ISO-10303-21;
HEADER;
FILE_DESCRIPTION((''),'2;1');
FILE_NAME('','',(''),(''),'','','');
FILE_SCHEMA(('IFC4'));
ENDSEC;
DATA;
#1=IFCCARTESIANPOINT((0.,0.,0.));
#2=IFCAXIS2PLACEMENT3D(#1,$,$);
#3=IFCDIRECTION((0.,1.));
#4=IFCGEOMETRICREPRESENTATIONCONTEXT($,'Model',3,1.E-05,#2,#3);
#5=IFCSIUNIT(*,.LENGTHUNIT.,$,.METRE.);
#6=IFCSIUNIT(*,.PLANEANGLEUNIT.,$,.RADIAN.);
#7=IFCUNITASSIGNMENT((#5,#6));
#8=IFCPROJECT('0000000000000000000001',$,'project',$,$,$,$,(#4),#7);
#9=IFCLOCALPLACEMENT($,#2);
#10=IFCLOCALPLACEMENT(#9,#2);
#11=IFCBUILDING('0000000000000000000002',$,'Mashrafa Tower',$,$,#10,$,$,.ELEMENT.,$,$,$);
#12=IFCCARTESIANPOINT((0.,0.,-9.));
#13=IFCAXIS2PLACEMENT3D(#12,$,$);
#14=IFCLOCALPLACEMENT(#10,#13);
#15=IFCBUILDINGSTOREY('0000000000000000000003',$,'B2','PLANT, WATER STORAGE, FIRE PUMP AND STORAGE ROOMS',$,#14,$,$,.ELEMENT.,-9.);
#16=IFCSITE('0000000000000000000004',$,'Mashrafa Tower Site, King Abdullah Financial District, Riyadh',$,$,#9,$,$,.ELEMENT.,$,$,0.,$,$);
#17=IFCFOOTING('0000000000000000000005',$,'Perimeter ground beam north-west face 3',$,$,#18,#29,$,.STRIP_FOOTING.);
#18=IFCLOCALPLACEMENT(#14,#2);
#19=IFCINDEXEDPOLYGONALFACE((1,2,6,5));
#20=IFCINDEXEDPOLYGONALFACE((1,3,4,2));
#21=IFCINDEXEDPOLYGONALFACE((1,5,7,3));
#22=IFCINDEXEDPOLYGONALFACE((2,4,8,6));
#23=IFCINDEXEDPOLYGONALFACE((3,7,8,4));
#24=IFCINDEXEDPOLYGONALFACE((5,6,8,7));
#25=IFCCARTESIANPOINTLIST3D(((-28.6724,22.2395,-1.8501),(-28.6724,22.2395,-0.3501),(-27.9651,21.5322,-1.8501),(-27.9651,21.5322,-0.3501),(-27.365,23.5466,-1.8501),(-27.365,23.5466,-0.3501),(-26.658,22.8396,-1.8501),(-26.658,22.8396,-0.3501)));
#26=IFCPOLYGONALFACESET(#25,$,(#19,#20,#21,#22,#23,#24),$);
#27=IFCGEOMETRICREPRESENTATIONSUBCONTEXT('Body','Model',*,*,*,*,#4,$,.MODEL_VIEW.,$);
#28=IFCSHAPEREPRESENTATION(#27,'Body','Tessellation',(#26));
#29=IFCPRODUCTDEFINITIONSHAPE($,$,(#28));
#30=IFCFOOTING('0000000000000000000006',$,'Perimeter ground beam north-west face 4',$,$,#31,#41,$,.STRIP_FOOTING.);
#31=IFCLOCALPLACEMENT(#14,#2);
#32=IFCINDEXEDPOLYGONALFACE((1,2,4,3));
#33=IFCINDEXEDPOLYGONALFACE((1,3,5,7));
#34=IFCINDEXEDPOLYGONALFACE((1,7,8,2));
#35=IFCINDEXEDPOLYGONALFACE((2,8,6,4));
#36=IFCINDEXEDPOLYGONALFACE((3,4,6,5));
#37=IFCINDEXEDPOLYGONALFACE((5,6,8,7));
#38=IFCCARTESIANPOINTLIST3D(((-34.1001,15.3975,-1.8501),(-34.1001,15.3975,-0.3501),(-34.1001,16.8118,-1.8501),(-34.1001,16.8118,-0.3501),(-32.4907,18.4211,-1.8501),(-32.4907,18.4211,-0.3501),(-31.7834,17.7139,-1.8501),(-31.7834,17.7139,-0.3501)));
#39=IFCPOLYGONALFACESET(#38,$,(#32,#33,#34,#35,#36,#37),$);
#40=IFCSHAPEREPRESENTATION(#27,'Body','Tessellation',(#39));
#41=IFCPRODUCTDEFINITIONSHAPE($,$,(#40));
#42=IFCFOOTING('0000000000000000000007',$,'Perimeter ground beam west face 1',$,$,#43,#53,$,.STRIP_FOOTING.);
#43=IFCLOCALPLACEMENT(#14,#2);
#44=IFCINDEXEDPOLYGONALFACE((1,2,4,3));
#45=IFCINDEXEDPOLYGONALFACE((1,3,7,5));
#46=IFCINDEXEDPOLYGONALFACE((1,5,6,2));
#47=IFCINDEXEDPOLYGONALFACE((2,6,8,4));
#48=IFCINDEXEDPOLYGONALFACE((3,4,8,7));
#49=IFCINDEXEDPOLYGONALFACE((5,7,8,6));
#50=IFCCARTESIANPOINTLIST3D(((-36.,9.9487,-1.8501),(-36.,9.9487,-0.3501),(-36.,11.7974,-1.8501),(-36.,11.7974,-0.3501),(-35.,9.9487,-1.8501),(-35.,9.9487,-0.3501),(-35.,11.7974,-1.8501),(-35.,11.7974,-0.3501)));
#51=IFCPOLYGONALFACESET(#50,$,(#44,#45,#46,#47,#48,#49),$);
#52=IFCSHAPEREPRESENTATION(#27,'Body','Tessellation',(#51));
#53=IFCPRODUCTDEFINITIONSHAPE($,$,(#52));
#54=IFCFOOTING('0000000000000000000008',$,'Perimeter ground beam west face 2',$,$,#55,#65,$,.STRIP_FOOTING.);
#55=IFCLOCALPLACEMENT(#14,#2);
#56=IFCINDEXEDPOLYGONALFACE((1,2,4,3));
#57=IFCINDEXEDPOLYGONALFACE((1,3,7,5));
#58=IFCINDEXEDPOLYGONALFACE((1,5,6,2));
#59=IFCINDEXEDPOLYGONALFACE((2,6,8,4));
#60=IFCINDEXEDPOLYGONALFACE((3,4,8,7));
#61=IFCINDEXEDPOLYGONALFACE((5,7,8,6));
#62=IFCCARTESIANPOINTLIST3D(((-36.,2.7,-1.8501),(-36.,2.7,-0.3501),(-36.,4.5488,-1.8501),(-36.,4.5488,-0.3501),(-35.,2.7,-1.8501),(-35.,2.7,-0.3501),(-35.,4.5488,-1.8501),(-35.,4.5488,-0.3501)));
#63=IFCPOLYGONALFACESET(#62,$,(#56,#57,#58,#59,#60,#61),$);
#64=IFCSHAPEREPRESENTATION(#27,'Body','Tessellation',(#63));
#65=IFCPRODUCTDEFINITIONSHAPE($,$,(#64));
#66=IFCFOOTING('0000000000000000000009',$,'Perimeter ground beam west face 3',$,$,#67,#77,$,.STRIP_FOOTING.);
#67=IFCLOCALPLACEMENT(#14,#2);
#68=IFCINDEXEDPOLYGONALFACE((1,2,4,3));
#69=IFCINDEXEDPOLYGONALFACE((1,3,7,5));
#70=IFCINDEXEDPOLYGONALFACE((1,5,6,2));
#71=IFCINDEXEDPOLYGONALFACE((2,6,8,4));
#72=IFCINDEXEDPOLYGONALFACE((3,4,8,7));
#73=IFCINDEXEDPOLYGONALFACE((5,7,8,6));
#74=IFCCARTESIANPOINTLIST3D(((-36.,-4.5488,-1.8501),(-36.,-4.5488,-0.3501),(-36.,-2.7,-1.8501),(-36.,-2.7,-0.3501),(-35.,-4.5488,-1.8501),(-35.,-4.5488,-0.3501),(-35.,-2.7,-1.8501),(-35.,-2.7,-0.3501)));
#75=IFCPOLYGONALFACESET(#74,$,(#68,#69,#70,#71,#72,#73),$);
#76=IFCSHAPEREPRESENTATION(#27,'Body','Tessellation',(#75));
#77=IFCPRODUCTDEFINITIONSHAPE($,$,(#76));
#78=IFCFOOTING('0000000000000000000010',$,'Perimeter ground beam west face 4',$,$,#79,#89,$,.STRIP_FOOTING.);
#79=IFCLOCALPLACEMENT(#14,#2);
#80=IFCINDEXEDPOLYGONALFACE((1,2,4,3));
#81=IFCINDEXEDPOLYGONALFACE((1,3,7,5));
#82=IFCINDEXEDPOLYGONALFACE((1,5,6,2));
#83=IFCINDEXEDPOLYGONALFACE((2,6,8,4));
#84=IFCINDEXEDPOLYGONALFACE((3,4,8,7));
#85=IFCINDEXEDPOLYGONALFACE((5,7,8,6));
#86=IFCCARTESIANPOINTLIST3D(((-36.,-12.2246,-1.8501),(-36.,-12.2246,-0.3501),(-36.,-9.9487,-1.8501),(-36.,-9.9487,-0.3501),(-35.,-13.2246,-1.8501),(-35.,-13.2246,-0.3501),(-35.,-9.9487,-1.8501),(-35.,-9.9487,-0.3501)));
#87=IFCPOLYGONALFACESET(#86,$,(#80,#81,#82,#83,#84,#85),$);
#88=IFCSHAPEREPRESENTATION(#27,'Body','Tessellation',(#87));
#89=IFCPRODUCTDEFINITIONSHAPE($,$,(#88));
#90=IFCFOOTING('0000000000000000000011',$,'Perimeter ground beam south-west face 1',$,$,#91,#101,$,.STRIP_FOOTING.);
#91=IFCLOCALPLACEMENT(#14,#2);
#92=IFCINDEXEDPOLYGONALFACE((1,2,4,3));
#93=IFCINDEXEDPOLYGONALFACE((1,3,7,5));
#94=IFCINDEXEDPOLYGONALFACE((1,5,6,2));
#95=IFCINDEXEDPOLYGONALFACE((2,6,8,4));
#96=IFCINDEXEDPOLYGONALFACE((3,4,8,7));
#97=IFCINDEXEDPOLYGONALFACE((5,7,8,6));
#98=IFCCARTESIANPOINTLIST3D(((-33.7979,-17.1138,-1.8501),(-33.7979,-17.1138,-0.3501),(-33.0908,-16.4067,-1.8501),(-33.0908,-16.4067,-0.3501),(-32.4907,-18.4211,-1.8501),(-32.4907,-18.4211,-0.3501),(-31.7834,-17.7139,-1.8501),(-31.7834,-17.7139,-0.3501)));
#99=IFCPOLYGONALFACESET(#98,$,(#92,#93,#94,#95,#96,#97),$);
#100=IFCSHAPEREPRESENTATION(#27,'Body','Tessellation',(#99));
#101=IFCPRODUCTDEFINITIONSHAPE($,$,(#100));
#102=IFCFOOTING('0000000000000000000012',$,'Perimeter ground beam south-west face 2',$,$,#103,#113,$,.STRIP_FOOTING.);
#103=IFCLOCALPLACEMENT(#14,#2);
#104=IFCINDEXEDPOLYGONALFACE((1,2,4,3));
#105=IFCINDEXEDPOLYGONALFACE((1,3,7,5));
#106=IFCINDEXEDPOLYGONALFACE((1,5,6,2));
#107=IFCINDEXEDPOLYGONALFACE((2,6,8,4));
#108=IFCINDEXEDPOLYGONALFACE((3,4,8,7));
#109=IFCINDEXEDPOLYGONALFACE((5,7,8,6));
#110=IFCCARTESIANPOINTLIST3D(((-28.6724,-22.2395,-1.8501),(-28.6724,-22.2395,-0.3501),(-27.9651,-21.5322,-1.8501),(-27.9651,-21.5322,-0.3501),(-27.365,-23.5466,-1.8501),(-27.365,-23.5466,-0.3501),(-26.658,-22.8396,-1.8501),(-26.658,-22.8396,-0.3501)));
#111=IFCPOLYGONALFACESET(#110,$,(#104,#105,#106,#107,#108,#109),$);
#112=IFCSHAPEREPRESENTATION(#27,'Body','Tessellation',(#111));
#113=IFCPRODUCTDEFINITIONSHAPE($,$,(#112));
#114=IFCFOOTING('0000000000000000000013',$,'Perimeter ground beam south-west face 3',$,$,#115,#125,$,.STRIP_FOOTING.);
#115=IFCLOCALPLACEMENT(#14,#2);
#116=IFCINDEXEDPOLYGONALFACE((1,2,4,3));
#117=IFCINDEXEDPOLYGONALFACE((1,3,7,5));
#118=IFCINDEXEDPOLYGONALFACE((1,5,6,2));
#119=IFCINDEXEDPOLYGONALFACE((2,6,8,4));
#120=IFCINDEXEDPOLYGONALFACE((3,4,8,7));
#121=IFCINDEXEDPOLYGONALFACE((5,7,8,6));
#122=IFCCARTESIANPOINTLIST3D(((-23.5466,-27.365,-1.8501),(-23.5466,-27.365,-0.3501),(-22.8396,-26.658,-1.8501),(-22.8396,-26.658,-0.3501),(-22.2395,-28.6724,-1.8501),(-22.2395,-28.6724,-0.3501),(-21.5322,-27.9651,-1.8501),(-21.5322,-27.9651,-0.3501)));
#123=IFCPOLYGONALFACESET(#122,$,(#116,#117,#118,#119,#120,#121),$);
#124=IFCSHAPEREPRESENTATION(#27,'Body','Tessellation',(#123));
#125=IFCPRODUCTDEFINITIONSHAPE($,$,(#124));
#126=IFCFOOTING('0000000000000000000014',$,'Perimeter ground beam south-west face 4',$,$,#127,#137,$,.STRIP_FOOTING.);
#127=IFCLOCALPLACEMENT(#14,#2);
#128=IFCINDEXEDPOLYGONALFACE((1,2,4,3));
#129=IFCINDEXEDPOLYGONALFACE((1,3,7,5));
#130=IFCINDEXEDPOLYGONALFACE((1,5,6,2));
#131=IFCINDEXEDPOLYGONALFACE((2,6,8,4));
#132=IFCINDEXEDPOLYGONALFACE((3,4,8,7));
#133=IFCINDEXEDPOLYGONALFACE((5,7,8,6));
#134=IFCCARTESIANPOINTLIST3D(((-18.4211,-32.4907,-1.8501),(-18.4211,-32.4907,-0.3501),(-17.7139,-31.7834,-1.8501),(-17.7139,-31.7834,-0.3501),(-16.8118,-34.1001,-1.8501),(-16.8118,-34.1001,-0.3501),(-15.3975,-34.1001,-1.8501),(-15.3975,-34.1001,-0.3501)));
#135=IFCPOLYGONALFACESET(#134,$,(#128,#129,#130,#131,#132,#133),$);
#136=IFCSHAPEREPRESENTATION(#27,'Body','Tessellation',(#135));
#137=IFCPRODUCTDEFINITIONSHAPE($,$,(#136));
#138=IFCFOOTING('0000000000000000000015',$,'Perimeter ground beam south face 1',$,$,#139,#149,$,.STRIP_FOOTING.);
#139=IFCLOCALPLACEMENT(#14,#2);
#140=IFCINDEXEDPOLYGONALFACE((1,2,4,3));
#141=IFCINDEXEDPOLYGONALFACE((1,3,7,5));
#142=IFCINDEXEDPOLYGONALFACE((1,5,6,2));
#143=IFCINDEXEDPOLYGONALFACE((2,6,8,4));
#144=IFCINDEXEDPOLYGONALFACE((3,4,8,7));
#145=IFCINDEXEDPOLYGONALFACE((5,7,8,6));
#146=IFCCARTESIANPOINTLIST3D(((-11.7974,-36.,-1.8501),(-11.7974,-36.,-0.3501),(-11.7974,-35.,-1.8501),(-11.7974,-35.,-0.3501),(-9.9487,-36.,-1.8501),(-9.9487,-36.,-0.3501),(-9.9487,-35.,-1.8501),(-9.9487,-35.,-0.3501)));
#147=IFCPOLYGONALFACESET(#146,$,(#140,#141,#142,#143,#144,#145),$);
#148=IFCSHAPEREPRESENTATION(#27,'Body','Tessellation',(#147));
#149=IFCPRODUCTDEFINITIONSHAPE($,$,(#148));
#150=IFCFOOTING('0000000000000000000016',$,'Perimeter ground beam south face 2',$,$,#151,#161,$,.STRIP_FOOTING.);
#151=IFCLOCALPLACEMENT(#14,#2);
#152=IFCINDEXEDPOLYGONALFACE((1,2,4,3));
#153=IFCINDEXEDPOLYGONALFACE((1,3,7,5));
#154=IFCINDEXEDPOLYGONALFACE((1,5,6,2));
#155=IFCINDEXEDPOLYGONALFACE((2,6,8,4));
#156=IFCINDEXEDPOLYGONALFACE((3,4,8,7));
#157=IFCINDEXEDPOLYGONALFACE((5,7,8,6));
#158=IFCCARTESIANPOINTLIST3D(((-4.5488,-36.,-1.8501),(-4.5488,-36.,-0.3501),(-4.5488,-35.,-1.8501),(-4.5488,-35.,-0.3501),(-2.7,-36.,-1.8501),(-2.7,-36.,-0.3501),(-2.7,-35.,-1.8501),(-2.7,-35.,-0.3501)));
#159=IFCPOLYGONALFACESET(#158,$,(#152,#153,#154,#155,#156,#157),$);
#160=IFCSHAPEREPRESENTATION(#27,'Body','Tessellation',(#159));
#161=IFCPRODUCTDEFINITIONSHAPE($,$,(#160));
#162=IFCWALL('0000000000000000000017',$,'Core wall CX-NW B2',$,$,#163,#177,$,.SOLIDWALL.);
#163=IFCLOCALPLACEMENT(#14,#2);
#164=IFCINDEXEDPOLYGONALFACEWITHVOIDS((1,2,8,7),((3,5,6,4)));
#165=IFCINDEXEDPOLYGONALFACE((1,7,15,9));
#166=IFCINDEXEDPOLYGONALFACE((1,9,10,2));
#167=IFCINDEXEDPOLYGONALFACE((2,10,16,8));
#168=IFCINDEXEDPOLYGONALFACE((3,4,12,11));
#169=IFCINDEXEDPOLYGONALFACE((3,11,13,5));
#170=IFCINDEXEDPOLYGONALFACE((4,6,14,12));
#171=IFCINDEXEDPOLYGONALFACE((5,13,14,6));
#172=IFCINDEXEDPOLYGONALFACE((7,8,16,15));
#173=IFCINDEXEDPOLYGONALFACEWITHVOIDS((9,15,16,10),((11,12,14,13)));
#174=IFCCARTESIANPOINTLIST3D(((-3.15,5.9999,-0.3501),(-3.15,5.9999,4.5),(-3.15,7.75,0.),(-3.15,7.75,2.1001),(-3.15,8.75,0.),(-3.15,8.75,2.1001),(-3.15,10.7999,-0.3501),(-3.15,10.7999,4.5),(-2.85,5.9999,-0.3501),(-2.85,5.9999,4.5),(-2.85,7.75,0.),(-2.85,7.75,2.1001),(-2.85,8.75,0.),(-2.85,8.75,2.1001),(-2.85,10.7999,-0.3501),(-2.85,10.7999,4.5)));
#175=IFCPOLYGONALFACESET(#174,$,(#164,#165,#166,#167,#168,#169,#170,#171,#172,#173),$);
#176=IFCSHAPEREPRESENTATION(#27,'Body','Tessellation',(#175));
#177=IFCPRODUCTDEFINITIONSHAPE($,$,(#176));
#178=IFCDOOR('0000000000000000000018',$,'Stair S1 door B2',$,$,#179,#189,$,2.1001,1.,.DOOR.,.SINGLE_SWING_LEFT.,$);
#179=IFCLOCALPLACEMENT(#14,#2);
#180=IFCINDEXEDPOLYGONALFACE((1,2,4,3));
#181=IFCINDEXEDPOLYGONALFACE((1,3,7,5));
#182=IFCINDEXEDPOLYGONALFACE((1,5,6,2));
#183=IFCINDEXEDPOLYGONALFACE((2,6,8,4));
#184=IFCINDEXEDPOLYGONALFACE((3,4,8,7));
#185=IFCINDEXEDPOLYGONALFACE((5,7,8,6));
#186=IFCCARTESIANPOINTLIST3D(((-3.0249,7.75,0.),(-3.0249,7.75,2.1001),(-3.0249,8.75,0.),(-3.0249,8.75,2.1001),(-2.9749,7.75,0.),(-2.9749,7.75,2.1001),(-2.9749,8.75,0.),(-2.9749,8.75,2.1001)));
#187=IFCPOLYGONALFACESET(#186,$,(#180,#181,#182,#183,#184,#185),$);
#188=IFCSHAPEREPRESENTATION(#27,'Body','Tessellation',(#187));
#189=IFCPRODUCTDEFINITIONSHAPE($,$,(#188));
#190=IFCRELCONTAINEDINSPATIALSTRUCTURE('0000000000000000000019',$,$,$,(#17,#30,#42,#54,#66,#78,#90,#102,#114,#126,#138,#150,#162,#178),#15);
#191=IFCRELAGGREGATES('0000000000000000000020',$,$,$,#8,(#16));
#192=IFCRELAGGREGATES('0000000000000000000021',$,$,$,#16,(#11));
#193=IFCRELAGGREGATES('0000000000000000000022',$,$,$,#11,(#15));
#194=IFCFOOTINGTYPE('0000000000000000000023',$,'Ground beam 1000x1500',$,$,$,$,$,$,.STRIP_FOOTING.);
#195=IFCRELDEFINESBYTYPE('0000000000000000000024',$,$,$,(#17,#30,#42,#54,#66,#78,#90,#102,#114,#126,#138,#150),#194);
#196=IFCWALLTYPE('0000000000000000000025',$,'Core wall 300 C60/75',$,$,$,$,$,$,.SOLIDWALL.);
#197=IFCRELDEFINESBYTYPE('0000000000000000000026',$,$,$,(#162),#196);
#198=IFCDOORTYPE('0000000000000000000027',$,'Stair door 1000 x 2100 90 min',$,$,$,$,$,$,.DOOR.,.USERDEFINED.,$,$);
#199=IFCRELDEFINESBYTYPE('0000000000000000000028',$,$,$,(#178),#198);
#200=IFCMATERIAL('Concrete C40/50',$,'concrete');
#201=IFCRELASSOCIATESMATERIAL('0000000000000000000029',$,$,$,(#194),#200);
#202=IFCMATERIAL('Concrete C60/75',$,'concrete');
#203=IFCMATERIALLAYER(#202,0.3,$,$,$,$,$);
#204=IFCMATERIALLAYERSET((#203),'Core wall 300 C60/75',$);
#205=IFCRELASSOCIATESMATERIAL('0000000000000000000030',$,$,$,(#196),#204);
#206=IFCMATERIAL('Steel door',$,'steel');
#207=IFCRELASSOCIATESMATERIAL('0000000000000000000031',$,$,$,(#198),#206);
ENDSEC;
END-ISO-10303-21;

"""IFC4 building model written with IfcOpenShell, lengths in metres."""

from ifc_helpers import new_model, si_unit, direction, frame, frame_2d, origin, place, context, subcontext, project, spatial, polyline, rectangle, outline, extrude, material, layer, layer_set, type_object, element, fill, save


model = new_model("IFC4")

# Units and contexts
model_context = context("Model", 3, precision=1e-05, world=origin(), true_north=direction((0.0, 1.0)))
body_context = subcontext(model_context, "Body", "Model", "MODEL_VIEW")
ifc_project = project(units=[si_unit("LENGTHUNIT", "METRE"), si_unit("PLANEANGLEUNIT", "RADIAN")], contexts=[model_context])

# Site, building, storey
site_placement = place(None, origin())
site = spatial("IfcSite", under=ifc_project, at=site_placement, Name="Mashrafa Tower Site, King Abdullah Financial District, Riyadh", CompositionType="ELEMENT", RefElevation=0.0)
building_placement = place(site_placement, origin())
building = spatial("IfcBuilding", under=site, at=building_placement, Name="Mashrafa Tower", CompositionType="ELEMENT")
storey_placement = place(building_placement, frame((0.0, 0.0, -9.0)))
storey = spatial("IfcBuildingStorey", under=building, at=storey_placement, Name="B2", Description="PLANT, WATER STORAGE, FIRE PUMP AND STORAGE ROOMS", CompositionType="ELEMENT", Elevation=-9.0)

# Footings
ifc_material_1 = material(Name="Concrete C40/50", Category="concrete")
footing_type = type_object("IfcFootingType", Name="Ground beam 1000x1500", PredefinedType="STRIP_FOOTING", material=ifc_material_1)
footing_1_placement = place(storey_placement, frame((0.0, 0.0, -1.8501)))
element("IfcFooting", 1, at=footing_1_placement, inside=storey, type_object=footing_type, Name="Perimeter ground beam north-west face 3", PredefinedType="STRIP_FOOTING", context=body_context, shape_type="SweptSolid", body=[
    extrude(outline(polyline([(-27.9651, 21.5322), (-28.6724, 22.2395), (-27.365, 23.5466), (-26.658, 22.8396), (-27.9651, 21.5322)])), origin(), (0.0, 0.0, 1.0), 1.5),
])
footing_2_placement = place(storey_placement, frame((0.0, 0.0, -1.8501)))
element("IfcFooting", 2, at=footing_2_placement, inside=storey, type_object=footing_type, Name="Perimeter ground beam north-west face 4", PredefinedType="STRIP_FOOTING", context=body_context, shape_type="SweptSolid", body=[
    extrude(outline(polyline([(-34.1001, 15.3975), (-34.1001, 16.8118), (-32.4907, 18.4211), (-31.7834, 17.7139), (-34.1001, 15.3975)])), origin(), (0.0, 0.0, 1.0), 1.5),
])
footing_3_placement = place(storey_placement, frame((0.0, 0.0, -1.8501)))
element("IfcFooting", 3, at=footing_3_placement, inside=storey, type_object=footing_type, Name="Perimeter ground beam west face 1", PredefinedType="STRIP_FOOTING", context=body_context, shape_type="SweptSolid", body=[
    extrude(outline(polyline([(-35.0, 9.9487), (-36.0, 9.9487), (-36.0, 11.7974), (-35.0, 11.7974), (-35.0, 9.9487)])), origin(), (0.0, 0.0, 1.0), 1.5),
])
footing_4_placement = place(storey_placement, frame((0.0, 0.0, -1.8501)))
element("IfcFooting", 4, at=footing_4_placement, inside=storey, type_object=footing_type, Name="Perimeter ground beam west face 2", PredefinedType="STRIP_FOOTING", context=body_context, shape_type="SweptSolid", body=[
    extrude(outline(polyline([(-35.0, 2.7), (-36.0, 2.7), (-36.0, 4.5488), (-35.0, 4.5488), (-35.0, 2.7)])), origin(), (0.0, 0.0, 1.0), 1.5),
])
footing_5_placement = place(storey_placement, frame((0.0, 0.0, -1.8501)))
element("IfcFooting", 5, at=footing_5_placement, inside=storey, type_object=footing_type, Name="Perimeter ground beam west face 3", PredefinedType="STRIP_FOOTING", context=body_context, shape_type="SweptSolid", body=[
    extrude(outline(polyline([(-35.0, -4.5488), (-36.0, -4.5488), (-36.0, -2.7), (-35.0, -2.7), (-35.0, -4.5488)])), origin(), (0.0, 0.0, 1.0), 1.5),
])
footing_6_placement = place(storey_placement, frame((0.0, 0.0, -1.8501)))
element("IfcFooting", 6, at=footing_6_placement, inside=storey, type_object=footing_type, Name="Perimeter ground beam west face 4", PredefinedType="STRIP_FOOTING", context=body_context, shape_type="SweptSolid", body=[
    extrude(outline(polyline([(-35.0, -13.2246), (-36.0, -12.2246), (-36.0, -9.9487), (-35.0, -9.9487), (-35.0, -13.2246)])), origin(), (0.0, 0.0, 1.0), 1.5),
])
footing_7_placement = place(storey_placement, frame((0.0, 0.0, -1.8501)))
element("IfcFooting", 7, at=footing_7_placement, inside=storey, type_object=footing_type, Name="Perimeter ground beam south-west face 1", PredefinedType="STRIP_FOOTING", context=body_context, shape_type="SweptSolid", body=[
    extrude(outline(polyline([(-31.7834, -17.7139), (-32.4907, -18.4211), (-33.7979, -17.1138), (-33.0908, -16.4067), (-31.7834, -17.7139)])), origin(), (0.0, 0.0, 1.0), 1.5),
])
footing_8_placement = place(storey_placement, frame((0.0, 0.0, -1.8501)))
element("IfcFooting", 8, at=footing_8_placement, inside=storey, type_object=footing_type, Name="Perimeter ground beam south-west face 2", PredefinedType="STRIP_FOOTING", context=body_context, shape_type="SweptSolid", body=[
    extrude(outline(polyline([(-26.658, -22.8396), (-27.365, -23.5466), (-28.6724, -22.2395), (-27.9651, -21.5322), (-26.658, -22.8396)])), origin(), (0.0, 0.0, 1.0), 1.5),
])
footing_9_placement = place(storey_placement, frame((0.0, 0.0, -1.8501)))
element("IfcFooting", 9, at=footing_9_placement, inside=storey, type_object=footing_type, Name="Perimeter ground beam south-west face 3", PredefinedType="STRIP_FOOTING", context=body_context, shape_type="SweptSolid", body=[
    extrude(outline(polyline([(-21.5322, -27.9651), (-22.2395, -28.6724), (-23.5466, -27.365), (-22.8396, -26.658), (-21.5322, -27.9651)])), origin(), (0.0, 0.0, 1.0), 1.5),
])
footing_10_placement = place(storey_placement, frame((0.0, 0.0, -1.8501)))
element("IfcFooting", 10, at=footing_10_placement, inside=storey, type_object=footing_type, Name="Perimeter ground beam south-west face 4", PredefinedType="STRIP_FOOTING", context=body_context, shape_type="SweptSolid", body=[
    extrude(outline(polyline([(-15.3975, -34.1001), (-16.8118, -34.1001), (-18.4211, -32.4907), (-17.7139, -31.7834), (-15.3975, -34.1001)])), origin(), (0.0, 0.0, 1.0), 1.5),
])
footing_11_placement = place(storey_placement, frame((0.0, 0.0, -1.8501)))
element("IfcFooting", 11, at=footing_11_placement, inside=storey, type_object=footing_type, Name="Perimeter ground beam south face 1", PredefinedType="STRIP_FOOTING", context=body_context, shape_type="SweptSolid", body=[
    extrude(outline(polyline([(-9.9487, -35.0), (-9.9487, -36.0), (-11.7974, -36.0), (-11.7974, -35.0), (-9.9487, -35.0)])), origin(), (0.0, 0.0, 1.0), 1.5),
])
footing_12_placement = place(storey_placement, frame((0.0, 0.0, -1.8501)))
element("IfcFooting", 12, at=footing_12_placement, inside=storey, type_object=footing_type, Name="Perimeter ground beam south face 2", PredefinedType="STRIP_FOOTING", context=body_context, shape_type="SweptSolid", body=[
    extrude(outline(polyline([(-2.7, -35.0), (-2.7, -36.0), (-4.5488, -36.0), (-4.5488, -35.0), (-2.7, -35.0)])), origin(), (0.0, 0.0, 1.0), 1.5),
])

# Wall, opening, door
ifc_material_2 = material(Name="Concrete C60/75", Category="concrete")
ifc_layer_1 = layer(ifc_material_2, 0.3)
ifc_layer_set_1 = layer_set([ifc_layer_1], Name="Core wall 300 C60/75")
wall_type_1 = type_object("IfcWallType", Name="Core wall 300 C60/75", PredefinedType="SOLIDWALL", material=ifc_layer_set_1)
wall_1_placement = place(storey_placement, frame((-3.0, 6.0, -0.3501), z_axis=(0.0, 0.0, 1.0), x_axis=(0.0, 1.0, 0.0)))
wall_1 = element("IfcWall", 13, at=wall_1_placement, inside=storey, type_object=wall_type_1, Name="Core wall CX-NW B2", PredefinedType="SOLIDWALL", context=body_context, shape_type="SweptSolid", body=[
    extrude(rectangle(XDim=4.8, YDim=0.3, at=frame_2d((2.3999, 0.0))), origin(), (0.0, 0.0, 1.0), 4.8501),
])
opening_1_placement = place(wall_1_placement, frame((1.75, 0.0, 0.3501)))
opening_1 = element("IfcOpeningElement", 14, at=opening_1_placement, cuts=wall_1, PredefinedType="OPENING", context=body_context, shape_type="SweptSolid", body=[
    extrude(rectangle(XDim=1.0, YDim=2.1001, at=frame_2d((0.5, 1.05))), frame((0.0, 0.1599, 0.0), z_axis=(0.0, -1.0, 0.0), x_axis=(1.0, 0.0, 0.0)), (0.0, 0.0, 1.0), 0.3201),
])
ifc_material_3 = material(Name="Steel door", Category="steel")
door_type_1 = type_object("IfcDoorType", Name="Stair door 1000 x 2100 90 min", OperationType="USERDEFINED", PredefinedType="DOOR", material=ifc_material_3)
door_1_placement = place(opening_1_placement, origin())
door_1 = element("IfcDoor", 15, at=door_1_placement, inside=storey, type_object=door_type_1, Name="Stair S1 door B2", OperationType="SINGLE_SWING_LEFT", OverallHeight=2.1001, OverallWidth=1.0, PredefinedType="DOOR", context=body_context, shape_type="SweptSolid", body=[
    extrude(rectangle(XDim=1.0, YDim=2.1001, at=frame_2d((0.5, 1.05))), frame((0.0, 0.0249, 0.0), z_axis=(0.0, -1.0, 0.0), x_axis=(1.0, 0.0, 0.0)), (0.0, 0.0, 1.0), 0.05),
])
fill(opening_1, door_1)

save(model, "model.ifc")
